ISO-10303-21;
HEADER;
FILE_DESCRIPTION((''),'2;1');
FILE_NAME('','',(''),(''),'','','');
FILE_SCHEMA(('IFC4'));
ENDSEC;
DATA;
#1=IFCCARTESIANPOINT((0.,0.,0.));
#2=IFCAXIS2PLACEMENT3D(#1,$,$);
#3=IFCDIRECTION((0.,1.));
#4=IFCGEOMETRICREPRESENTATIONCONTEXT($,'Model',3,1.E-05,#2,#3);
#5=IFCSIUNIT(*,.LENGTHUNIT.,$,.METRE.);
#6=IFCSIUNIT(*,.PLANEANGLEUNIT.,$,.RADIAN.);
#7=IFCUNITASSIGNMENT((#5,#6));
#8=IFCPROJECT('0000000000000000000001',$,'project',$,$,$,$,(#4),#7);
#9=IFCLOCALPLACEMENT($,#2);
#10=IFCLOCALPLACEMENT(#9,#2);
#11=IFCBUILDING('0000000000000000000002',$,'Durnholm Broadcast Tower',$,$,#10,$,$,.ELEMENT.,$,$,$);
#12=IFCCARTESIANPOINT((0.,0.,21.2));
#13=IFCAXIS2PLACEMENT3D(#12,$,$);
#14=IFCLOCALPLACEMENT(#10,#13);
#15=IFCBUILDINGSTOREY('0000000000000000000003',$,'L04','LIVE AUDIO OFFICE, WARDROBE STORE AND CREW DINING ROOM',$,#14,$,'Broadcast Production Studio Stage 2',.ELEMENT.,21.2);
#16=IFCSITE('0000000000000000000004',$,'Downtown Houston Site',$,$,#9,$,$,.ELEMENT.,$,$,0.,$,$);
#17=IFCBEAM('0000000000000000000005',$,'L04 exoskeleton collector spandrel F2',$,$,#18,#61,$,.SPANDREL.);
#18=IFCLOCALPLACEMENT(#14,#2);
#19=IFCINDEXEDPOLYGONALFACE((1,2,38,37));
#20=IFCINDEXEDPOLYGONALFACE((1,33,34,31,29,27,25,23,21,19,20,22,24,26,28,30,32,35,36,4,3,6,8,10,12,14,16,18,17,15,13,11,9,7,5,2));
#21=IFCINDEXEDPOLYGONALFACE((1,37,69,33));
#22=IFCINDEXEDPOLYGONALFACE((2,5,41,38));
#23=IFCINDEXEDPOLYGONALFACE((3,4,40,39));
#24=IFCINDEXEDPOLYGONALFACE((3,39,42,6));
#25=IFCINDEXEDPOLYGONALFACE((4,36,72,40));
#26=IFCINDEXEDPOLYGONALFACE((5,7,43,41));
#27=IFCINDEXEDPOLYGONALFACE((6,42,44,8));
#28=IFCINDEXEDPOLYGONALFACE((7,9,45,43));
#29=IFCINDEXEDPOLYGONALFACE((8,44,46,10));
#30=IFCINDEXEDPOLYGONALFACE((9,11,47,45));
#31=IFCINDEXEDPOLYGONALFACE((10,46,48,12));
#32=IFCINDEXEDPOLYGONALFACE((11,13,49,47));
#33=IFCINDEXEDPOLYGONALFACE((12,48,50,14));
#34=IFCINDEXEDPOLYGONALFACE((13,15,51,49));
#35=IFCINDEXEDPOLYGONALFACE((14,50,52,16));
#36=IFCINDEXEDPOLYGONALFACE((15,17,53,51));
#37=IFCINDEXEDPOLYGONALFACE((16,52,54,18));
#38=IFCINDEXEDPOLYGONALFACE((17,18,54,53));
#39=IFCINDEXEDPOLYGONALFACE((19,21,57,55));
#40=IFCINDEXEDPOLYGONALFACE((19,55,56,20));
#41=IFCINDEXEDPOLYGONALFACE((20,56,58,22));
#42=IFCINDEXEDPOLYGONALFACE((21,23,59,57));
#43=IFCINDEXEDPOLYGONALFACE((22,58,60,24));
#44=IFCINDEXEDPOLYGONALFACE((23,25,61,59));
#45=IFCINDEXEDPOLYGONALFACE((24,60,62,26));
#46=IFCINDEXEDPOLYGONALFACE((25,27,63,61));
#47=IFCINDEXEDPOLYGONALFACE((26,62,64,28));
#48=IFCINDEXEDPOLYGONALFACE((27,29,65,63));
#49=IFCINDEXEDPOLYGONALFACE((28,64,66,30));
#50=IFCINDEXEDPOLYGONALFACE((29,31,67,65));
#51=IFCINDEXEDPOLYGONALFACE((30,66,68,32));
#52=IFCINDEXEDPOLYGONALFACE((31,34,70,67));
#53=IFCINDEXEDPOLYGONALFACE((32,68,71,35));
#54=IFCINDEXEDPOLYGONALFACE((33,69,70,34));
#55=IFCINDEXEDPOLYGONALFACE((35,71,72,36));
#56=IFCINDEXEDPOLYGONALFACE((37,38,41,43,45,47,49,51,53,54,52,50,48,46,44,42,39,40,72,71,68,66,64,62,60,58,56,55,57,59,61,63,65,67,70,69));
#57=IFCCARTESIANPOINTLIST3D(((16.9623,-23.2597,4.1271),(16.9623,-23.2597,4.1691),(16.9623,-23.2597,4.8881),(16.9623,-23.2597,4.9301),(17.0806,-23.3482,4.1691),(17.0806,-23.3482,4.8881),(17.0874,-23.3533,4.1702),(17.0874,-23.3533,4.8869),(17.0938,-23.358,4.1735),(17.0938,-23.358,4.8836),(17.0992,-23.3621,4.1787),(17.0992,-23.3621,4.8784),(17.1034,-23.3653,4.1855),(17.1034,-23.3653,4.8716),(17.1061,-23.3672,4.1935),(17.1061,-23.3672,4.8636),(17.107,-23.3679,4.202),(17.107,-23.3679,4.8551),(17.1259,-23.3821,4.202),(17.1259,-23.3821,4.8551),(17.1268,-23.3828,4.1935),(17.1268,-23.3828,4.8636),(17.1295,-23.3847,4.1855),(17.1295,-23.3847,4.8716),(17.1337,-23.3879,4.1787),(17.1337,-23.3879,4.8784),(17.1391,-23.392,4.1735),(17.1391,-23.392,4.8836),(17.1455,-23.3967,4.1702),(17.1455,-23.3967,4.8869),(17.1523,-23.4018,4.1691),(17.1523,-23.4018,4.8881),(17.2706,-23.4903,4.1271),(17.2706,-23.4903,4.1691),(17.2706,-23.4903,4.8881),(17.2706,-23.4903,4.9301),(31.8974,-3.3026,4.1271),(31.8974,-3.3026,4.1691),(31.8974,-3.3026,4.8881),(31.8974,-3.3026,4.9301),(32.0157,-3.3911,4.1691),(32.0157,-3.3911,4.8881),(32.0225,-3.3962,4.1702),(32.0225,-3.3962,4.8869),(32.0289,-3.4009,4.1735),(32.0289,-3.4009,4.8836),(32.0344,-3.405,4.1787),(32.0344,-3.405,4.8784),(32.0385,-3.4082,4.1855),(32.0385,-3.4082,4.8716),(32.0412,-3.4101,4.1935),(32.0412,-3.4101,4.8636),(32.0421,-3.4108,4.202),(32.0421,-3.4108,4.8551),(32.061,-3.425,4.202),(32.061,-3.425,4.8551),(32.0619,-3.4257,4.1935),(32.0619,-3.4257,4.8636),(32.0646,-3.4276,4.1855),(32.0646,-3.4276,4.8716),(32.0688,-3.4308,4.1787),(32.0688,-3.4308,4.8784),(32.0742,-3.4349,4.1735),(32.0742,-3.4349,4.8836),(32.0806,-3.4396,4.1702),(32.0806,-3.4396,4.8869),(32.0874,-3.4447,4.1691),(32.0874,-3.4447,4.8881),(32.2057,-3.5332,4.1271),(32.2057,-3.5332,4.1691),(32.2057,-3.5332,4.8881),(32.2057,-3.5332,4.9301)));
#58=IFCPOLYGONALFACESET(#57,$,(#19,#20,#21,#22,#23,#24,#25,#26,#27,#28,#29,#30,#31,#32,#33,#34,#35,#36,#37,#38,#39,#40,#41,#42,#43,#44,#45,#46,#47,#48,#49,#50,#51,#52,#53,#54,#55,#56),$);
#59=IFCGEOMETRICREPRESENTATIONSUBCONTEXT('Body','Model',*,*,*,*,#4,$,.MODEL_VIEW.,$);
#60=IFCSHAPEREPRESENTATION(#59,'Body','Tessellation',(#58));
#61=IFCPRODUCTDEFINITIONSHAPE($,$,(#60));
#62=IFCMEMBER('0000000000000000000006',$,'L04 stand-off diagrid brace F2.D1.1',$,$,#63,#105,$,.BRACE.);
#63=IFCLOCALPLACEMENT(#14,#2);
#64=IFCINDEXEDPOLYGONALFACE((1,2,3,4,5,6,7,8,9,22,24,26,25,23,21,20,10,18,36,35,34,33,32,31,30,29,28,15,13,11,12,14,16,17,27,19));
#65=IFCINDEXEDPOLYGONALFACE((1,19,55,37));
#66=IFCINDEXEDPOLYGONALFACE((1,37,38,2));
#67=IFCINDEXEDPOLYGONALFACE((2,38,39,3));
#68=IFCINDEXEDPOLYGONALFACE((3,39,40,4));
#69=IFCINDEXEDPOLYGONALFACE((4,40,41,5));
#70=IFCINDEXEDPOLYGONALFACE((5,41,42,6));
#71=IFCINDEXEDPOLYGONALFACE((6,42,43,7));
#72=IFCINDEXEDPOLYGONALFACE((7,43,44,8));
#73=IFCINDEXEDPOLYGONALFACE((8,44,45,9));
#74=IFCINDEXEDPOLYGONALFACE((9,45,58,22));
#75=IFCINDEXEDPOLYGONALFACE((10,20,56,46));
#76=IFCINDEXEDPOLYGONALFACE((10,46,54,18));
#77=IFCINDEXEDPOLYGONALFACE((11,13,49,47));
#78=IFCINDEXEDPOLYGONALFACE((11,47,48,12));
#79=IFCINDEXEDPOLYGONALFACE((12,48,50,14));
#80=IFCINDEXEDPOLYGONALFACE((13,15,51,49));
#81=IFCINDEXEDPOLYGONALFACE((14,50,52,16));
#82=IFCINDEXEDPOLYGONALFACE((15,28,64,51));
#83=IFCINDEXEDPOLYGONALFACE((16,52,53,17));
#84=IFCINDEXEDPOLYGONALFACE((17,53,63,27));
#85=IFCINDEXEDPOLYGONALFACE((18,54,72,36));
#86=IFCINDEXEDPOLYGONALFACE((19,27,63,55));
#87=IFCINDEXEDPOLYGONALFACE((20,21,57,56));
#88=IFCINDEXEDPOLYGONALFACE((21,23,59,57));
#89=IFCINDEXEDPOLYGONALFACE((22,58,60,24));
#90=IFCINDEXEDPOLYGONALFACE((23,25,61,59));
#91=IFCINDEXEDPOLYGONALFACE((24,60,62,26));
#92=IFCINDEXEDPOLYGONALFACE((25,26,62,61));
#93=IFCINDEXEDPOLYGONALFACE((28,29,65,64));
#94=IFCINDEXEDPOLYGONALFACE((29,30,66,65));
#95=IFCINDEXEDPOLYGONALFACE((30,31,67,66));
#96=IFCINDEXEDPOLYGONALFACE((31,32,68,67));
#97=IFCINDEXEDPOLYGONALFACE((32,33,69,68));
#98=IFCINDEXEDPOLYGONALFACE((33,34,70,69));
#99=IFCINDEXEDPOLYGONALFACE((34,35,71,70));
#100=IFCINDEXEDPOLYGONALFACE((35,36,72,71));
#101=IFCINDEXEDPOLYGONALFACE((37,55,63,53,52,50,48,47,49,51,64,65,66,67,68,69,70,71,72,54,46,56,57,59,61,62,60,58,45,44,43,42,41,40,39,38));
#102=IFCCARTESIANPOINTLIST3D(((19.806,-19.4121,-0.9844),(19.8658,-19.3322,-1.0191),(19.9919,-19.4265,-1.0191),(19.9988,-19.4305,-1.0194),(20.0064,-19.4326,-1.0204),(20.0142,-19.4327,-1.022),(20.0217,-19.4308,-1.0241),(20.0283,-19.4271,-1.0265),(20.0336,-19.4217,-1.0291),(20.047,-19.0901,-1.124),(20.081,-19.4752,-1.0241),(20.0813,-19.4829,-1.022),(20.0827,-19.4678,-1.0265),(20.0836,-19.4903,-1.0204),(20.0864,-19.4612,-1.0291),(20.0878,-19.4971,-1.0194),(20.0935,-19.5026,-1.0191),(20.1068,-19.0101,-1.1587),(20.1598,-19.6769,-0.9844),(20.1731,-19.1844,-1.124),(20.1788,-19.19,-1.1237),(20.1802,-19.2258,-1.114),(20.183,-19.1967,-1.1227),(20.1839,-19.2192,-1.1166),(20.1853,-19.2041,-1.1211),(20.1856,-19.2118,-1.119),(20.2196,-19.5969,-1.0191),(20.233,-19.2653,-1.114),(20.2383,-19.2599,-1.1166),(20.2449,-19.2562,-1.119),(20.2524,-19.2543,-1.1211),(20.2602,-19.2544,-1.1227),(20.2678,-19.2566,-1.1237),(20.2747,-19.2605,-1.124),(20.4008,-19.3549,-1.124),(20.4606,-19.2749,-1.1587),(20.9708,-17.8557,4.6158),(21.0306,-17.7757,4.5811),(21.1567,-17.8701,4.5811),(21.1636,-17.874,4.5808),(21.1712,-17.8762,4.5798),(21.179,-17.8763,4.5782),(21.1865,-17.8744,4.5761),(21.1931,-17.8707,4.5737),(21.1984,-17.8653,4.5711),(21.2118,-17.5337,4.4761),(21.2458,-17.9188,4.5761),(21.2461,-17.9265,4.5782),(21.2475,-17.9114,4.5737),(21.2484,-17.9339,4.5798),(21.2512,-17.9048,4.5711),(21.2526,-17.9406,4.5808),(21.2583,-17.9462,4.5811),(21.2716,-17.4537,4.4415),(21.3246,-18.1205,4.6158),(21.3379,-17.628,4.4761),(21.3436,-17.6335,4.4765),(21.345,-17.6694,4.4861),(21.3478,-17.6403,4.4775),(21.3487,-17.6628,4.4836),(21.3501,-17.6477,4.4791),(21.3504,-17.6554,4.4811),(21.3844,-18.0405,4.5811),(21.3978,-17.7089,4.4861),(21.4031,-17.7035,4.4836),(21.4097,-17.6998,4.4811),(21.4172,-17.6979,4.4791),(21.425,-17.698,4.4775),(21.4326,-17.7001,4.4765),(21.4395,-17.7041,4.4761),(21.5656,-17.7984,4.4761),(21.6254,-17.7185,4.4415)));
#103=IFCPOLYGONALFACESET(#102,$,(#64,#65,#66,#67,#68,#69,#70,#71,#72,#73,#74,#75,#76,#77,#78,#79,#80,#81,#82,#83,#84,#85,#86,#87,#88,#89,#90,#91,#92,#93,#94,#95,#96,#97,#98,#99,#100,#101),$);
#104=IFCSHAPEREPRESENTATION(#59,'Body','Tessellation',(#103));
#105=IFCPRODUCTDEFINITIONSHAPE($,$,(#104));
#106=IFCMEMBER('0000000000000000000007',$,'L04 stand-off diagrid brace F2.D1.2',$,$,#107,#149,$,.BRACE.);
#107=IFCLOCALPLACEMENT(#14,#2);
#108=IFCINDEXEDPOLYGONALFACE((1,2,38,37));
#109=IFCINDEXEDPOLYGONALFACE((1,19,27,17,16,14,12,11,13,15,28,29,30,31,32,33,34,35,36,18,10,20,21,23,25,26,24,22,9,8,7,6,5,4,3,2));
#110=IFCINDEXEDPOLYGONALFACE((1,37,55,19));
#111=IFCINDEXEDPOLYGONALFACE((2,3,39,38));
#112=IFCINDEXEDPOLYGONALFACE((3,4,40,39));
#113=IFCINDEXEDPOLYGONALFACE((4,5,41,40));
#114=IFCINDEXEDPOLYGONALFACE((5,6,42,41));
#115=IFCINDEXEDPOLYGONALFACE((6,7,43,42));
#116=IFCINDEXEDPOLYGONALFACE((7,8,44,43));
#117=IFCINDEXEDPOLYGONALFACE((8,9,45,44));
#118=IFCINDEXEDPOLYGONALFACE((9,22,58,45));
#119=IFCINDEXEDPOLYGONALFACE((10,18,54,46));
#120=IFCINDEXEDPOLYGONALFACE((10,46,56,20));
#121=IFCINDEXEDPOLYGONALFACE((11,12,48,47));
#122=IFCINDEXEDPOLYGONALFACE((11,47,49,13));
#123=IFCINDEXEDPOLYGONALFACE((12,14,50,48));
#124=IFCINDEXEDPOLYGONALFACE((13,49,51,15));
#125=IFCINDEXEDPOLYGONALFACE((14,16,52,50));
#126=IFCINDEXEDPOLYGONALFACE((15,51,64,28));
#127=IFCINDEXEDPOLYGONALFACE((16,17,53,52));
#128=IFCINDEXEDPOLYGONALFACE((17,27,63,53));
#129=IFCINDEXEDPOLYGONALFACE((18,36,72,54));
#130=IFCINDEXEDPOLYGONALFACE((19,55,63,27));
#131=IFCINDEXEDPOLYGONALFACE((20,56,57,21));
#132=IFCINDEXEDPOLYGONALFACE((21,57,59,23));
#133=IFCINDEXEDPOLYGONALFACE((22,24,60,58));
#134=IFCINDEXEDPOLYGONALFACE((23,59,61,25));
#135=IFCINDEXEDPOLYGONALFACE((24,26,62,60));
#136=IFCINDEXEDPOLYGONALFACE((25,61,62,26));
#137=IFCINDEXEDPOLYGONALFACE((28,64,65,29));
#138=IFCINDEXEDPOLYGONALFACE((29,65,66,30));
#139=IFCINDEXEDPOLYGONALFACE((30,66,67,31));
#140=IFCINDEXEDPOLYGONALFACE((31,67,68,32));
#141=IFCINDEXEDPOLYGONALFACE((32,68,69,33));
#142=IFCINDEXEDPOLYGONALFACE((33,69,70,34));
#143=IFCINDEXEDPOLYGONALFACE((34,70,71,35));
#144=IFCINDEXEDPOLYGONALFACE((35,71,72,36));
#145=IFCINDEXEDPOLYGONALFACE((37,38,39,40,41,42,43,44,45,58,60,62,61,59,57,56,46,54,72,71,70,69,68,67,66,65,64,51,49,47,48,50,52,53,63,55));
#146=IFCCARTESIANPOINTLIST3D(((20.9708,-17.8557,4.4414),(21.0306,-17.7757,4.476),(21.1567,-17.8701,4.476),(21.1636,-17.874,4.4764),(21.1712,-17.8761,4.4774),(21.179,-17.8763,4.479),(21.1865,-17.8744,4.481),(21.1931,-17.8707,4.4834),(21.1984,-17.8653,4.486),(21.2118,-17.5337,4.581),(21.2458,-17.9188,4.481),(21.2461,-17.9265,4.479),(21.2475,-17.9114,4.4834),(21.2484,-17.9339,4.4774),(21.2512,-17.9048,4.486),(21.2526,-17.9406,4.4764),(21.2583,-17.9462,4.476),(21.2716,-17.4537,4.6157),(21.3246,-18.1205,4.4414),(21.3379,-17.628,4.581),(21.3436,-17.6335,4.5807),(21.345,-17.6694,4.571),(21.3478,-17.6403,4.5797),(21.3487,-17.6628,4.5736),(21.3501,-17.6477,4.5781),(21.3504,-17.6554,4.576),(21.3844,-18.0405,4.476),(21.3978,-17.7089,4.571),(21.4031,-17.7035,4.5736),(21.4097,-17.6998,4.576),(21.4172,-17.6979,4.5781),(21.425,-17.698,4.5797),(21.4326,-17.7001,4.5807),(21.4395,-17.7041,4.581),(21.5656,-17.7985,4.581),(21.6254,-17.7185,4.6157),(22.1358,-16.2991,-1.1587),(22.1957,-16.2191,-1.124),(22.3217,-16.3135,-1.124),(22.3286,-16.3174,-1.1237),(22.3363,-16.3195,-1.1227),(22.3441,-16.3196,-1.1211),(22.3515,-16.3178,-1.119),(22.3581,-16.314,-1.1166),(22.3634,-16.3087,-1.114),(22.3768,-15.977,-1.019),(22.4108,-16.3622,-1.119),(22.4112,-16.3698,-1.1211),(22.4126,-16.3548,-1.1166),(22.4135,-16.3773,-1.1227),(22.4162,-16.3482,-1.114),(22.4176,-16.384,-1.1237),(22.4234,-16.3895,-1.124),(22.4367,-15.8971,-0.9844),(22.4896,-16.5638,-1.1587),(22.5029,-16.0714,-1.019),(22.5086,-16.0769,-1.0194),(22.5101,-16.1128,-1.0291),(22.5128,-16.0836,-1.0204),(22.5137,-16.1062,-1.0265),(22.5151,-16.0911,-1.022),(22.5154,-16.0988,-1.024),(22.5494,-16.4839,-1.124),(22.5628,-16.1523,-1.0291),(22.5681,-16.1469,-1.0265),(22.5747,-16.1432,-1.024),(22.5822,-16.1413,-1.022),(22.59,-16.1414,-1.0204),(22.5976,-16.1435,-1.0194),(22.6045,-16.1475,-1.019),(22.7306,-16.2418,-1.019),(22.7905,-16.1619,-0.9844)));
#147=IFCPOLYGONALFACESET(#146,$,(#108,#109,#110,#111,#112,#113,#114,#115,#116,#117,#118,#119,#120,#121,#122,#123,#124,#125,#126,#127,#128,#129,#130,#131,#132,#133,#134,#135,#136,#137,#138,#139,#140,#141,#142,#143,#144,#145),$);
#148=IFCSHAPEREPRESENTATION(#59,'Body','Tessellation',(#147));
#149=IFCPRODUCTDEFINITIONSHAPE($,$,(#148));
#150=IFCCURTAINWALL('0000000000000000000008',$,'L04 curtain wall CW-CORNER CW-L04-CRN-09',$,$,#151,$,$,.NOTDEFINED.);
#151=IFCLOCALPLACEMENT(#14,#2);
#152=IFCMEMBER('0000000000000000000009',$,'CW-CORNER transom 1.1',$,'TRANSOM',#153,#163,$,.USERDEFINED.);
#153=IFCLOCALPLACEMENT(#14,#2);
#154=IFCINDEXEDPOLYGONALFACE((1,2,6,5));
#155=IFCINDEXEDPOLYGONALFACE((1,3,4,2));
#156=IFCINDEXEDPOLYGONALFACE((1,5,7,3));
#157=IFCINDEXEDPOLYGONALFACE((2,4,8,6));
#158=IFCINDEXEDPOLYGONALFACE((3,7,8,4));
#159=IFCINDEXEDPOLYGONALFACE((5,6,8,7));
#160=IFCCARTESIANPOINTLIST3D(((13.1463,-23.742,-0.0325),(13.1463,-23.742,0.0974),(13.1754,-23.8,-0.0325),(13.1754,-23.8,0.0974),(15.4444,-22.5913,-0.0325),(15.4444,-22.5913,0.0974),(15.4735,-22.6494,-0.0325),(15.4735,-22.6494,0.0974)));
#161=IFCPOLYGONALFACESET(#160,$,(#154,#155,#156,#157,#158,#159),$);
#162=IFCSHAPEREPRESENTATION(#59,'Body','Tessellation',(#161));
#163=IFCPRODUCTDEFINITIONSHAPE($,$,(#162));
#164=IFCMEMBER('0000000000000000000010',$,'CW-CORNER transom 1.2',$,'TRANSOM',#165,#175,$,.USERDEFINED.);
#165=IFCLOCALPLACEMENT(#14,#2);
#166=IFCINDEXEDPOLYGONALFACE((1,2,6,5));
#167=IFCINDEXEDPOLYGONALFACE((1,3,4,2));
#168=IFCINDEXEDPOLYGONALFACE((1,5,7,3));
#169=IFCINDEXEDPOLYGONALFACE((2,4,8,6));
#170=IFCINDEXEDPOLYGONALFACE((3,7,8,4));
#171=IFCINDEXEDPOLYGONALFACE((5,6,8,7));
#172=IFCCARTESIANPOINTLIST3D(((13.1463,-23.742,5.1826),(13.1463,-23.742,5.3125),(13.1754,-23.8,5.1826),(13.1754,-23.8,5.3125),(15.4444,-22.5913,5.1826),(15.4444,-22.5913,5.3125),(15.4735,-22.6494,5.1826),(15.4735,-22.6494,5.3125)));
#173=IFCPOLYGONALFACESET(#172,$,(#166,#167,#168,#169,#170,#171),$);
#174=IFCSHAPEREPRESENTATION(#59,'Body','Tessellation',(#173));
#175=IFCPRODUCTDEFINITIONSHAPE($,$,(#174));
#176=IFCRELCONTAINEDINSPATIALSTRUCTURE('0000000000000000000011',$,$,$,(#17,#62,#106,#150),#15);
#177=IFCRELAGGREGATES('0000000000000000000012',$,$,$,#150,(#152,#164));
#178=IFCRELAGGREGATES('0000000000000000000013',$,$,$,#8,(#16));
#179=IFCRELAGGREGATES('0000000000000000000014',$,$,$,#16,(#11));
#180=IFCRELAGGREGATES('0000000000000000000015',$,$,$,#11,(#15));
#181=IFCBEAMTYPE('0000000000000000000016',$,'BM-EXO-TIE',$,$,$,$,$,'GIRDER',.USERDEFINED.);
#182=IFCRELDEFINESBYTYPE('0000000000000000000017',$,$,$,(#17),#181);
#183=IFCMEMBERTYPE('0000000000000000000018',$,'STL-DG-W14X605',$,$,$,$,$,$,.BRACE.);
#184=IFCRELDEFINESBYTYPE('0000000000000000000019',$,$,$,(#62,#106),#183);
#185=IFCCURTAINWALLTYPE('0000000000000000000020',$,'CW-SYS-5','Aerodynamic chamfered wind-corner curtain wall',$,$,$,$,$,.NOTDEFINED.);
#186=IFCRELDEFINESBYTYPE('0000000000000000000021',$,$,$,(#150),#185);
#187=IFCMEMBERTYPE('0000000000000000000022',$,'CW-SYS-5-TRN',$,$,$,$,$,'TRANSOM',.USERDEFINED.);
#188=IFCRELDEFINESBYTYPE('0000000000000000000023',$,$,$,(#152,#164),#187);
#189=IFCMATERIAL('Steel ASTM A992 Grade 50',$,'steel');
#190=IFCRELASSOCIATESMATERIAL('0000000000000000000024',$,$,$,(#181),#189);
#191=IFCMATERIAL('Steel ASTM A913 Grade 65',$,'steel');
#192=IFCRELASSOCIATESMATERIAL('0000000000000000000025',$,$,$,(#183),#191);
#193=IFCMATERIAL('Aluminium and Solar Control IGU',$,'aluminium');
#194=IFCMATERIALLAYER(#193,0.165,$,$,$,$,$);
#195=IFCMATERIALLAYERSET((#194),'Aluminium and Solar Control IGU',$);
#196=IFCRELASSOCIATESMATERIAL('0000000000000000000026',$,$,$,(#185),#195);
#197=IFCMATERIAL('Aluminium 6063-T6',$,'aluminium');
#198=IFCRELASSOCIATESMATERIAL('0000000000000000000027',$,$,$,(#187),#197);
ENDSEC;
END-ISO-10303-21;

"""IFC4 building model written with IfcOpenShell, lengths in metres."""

from ifc_helpers import new_model, si_unit, direction, frame, origin, origin_2d, place, context, subcontext, project, spatial, rectangle, i_section, extrude, source, transform, mapped, material, layer, layer_set, material_profile, profile_set, type_object, type_shapes, element, aggregate, save


model = new_model("IFC4")

# Units and contexts
model_context = context("Model", 3, precision=1e-05, world=origin(), true_north=direction((0.0, 1.0)))
body_context = subcontext(model_context, "Body", "Model", "MODEL_VIEW")
ifc_project = project(units=[si_unit("LENGTHUNIT", "METRE"), si_unit("PLANEANGLEUNIT", "RADIAN")], contexts=[model_context])

# Site, building, storey
site_placement = place(None, origin())
site = spatial("IfcSite", under=ifc_project, at=site_placement, Name="Downtown Houston Site", CompositionType="ELEMENT", RefElevation=0.0)
building_placement = place(site_placement, origin())
building = spatial("IfcBuilding", under=site, at=building_placement, Name="Durnholm Broadcast Tower", CompositionType="ELEMENT")
storey_placement = place(building_placement, frame((0.0, 0.0, 21.2)))
storey = spatial("IfcBuildingStorey", under=building, at=storey_placement, Name="L04", Description="LIVE AUDIO OFFICE, WARDROBE STORE AND CREW DINING ROOM", LongName="Broadcast Production Studio Stage 2", CompositionType="ELEMENT", Elevation=21.2)

# Shared definitions
ifc_material_1 = material(Name="Steel ASTM A913 Grade 65", Category="steel")

# Beam
ifc_material_2 = material(Name="Steel ASTM A992 Grade 50", Category="steel")
ifc_material_profile_1 = material_profile(ifc_material_2, i_section(OverallWidth=0.385, OverallDepth=0.803, WebThickness=0.0237, FlangeThickness=0.042, FilletRadius=0.033, at=origin_2d()), Name="W30X261")
ifc_profile_set_1 = profile_set([ifc_material_profile_1], Name="Steel ASTM A992 Grade 50")
beam_type_1 = type_object("IfcBeamType", Name="BM-EXO-TIE", ElementType="GIRDER", PredefinedType="USERDEFINED", material=ifc_profile_set_1)
shared_shape_1 = source(origin(), body_context, "Body", "SweptSolid", [
    extrude(i_section(OverallWidth=0.385, OverallDepth=0.803, WebThickness=0.0237, FlangeThickness=0.042, FilletRadius=0.033, at=origin_2d()), origin(), (0.0, 0.0, 1.0), 24.9268),
])
beam_1_placement = place(storey_placement, frame((17.1165, -23.375, 4.5286), z_axis=(0.59916, 0.80063, 0.0), x_axis=(-0.80063, 0.59916, 0.0)))
element("IfcBeam", 1, at=beam_1_placement, inside=storey, type_object=beam_type_1, Name="L04 exoskeleton collector spandrel F2", PredefinedType="SPANDREL", context=body_context, shape_type="MappedRepresentation", body=[
    mapped(shared_shape_1, transform((0.0, 0.0, 0.0), x_axis=(1.0, 0.0, 0.0), y_axis=(0.0, 1.0, 0.0), z_axis=(0.0, 0.0, 1.0), scale=1.0)),
])

# Members
ifc_material_profile_2 = material_profile(ifc_material_1, i_section(OverallWidth=0.4419, OverallDepth=0.5315, WebThickness=0.0659, FlangeThickness=0.1057, FilletRadius=0.0305, at=origin_2d()), Name="W14X605")
ifc_profile_set_2 = profile_set([ifc_material_profile_2], Name="Steel ASTM A913 Grade 65")
member_type_1 = type_object("IfcMemberType", Name="STL-DG-W14X605", PredefinedType="BRACE", material=ifc_profile_set_2)
shared_shape_2 = source(origin(), body_context, "Body", "SweptSolid", [
    extrude(i_section(OverallWidth=0.4419, OverallDepth=0.5315, WebThickness=0.0659, FlangeThickness=0.1057, FilletRadius=0.0305, at=origin_2d()), origin(), (0.0, 0.0, 1.0), 5.928),
])
type_shapes(member_type_1, [shared_shape_2])
for number, where, z_axis, x_axis, name in (
    (2, (20.1333, -19.3435, -1.0715), (0.196493, 0.262554, 0.944699), (-0.800617, 0.599176, 0.0), "L04 stand-off diagrid brace F2.D1.1"),
    (3, (22.4631, -16.2305, -1.0715), (-0.196531, -0.26259, 0.944681), (0.800602, -0.599196, 0.0), "L04 stand-off diagrid brace F2.D1.2"),
):
    element("IfcMember", number, at=place(storey_placement, frame(where, z_axis=z_axis, x_axis=x_axis)), inside=storey, type_object=member_type_1, Name=name, PredefinedType="BRACE", context=body_context, shape_type="MappedRepresentation", body=[
        mapped(shared_shape_2, transform((0.0, 0.0, 0.0), x_axis=(1.0, 0.0, 0.0), y_axis=(0.0, 1.0, 0.0), z_axis=(0.0, 0.0, 1.0), scale=1.0)),
    ])

# Curtain wall, members
ifc_material_3 = material(Name="Aluminium and Solar Control IGU", Category="aluminium")
ifc_layer_1 = layer(ifc_material_3, 0.165)
ifc_layer_set_1 = layer_set([ifc_layer_1], Name="Aluminium and Solar Control IGU")
curtain_wall_type_1 = type_object("IfcCurtainWallType", Name="CW-SYS-5", Description="Aerodynamic chamfered wind-corner curtain wall", PredefinedType="NOTDEFINED", material=ifc_layer_set_1)
curtain_wall_1_placement = place(storey_placement, origin())
curtain_wall_1 = element("IfcCurtainWall", 4, at=curtain_wall_1_placement, inside=storey, type_object=curtain_wall_type_1, Name="L04 curtain wall CW-CORNER CW-L04-CRN-09", PredefinedType="NOTDEFINED")
ifc_material_4 = material(Name="Aluminium 6063-T6", Category="aluminium")
ifc_material_profile_3 = material_profile(ifc_material_4, rectangle(XDim=0.0649, YDim=0.1299, at=origin_2d()), Name="CWT65X130")
ifc_profile_set_3 = profile_set([ifc_material_profile_3], Name="Aluminium 6063-T6")
member_type_2 = type_object("IfcMemberType", Name="CW-SYS-5-TRN", ElementType="TRANSOM", PredefinedType="USERDEFINED", material=ifc_profile_set_3)
shared_shape_3 = source(origin(), body_context, "Body", "SweptSolid", [
    extrude(rectangle(XDim=0.0649, YDim=0.1299, at=origin_2d()), origin(), (0.0, 0.0, 1.0), 2.5701),
])
type_shapes(member_type_2, [shared_shape_3])
member_1_placement = place(storey_placement, frame((15.459, -22.6204, 0.0325), z_axis=(-0.89418, -0.447707, 0.0), x_axis=(0.447707, -0.89418, 0.0)))
member_1 = element("IfcMember", 5, at=member_1_placement, type_object=member_type_2, Name="CW-CORNER transom 1.1", ObjectType="TRANSOM", PredefinedType="USERDEFINED", context=body_context, shape_type="MappedRepresentation", body=[
    mapped(shared_shape_3, transform((0.0, 0.0, 0.0), x_axis=(1.0, 0.0, 0.0), y_axis=(0.0, 1.0, 0.0), z_axis=(0.0, 0.0, 1.0), scale=1.0)),
])
member_2_placement = place(storey_placement, frame((15.459, -22.6204, 5.2476), z_axis=(-0.89418, -0.447707, 0.0), x_axis=(0.447707, -0.89418, 0.0)))
member_2 = element("IfcMember", 6, at=member_2_placement, type_object=member_type_2, Name="CW-CORNER transom 1.2", ObjectType="TRANSOM", PredefinedType="USERDEFINED", context=body_context, shape_type="MappedRepresentation", body=[
    mapped(shared_shape_3, transform((0.0, 0.0, 0.0), x_axis=(1.0, 0.0, 0.0), y_axis=(0.0, 1.0, 0.0), z_axis=(0.0, 0.0, 1.0), scale=1.0)),
])

aggregate(curtain_wall_1, [member_1, member_2])

save(model, "model.ifc")
